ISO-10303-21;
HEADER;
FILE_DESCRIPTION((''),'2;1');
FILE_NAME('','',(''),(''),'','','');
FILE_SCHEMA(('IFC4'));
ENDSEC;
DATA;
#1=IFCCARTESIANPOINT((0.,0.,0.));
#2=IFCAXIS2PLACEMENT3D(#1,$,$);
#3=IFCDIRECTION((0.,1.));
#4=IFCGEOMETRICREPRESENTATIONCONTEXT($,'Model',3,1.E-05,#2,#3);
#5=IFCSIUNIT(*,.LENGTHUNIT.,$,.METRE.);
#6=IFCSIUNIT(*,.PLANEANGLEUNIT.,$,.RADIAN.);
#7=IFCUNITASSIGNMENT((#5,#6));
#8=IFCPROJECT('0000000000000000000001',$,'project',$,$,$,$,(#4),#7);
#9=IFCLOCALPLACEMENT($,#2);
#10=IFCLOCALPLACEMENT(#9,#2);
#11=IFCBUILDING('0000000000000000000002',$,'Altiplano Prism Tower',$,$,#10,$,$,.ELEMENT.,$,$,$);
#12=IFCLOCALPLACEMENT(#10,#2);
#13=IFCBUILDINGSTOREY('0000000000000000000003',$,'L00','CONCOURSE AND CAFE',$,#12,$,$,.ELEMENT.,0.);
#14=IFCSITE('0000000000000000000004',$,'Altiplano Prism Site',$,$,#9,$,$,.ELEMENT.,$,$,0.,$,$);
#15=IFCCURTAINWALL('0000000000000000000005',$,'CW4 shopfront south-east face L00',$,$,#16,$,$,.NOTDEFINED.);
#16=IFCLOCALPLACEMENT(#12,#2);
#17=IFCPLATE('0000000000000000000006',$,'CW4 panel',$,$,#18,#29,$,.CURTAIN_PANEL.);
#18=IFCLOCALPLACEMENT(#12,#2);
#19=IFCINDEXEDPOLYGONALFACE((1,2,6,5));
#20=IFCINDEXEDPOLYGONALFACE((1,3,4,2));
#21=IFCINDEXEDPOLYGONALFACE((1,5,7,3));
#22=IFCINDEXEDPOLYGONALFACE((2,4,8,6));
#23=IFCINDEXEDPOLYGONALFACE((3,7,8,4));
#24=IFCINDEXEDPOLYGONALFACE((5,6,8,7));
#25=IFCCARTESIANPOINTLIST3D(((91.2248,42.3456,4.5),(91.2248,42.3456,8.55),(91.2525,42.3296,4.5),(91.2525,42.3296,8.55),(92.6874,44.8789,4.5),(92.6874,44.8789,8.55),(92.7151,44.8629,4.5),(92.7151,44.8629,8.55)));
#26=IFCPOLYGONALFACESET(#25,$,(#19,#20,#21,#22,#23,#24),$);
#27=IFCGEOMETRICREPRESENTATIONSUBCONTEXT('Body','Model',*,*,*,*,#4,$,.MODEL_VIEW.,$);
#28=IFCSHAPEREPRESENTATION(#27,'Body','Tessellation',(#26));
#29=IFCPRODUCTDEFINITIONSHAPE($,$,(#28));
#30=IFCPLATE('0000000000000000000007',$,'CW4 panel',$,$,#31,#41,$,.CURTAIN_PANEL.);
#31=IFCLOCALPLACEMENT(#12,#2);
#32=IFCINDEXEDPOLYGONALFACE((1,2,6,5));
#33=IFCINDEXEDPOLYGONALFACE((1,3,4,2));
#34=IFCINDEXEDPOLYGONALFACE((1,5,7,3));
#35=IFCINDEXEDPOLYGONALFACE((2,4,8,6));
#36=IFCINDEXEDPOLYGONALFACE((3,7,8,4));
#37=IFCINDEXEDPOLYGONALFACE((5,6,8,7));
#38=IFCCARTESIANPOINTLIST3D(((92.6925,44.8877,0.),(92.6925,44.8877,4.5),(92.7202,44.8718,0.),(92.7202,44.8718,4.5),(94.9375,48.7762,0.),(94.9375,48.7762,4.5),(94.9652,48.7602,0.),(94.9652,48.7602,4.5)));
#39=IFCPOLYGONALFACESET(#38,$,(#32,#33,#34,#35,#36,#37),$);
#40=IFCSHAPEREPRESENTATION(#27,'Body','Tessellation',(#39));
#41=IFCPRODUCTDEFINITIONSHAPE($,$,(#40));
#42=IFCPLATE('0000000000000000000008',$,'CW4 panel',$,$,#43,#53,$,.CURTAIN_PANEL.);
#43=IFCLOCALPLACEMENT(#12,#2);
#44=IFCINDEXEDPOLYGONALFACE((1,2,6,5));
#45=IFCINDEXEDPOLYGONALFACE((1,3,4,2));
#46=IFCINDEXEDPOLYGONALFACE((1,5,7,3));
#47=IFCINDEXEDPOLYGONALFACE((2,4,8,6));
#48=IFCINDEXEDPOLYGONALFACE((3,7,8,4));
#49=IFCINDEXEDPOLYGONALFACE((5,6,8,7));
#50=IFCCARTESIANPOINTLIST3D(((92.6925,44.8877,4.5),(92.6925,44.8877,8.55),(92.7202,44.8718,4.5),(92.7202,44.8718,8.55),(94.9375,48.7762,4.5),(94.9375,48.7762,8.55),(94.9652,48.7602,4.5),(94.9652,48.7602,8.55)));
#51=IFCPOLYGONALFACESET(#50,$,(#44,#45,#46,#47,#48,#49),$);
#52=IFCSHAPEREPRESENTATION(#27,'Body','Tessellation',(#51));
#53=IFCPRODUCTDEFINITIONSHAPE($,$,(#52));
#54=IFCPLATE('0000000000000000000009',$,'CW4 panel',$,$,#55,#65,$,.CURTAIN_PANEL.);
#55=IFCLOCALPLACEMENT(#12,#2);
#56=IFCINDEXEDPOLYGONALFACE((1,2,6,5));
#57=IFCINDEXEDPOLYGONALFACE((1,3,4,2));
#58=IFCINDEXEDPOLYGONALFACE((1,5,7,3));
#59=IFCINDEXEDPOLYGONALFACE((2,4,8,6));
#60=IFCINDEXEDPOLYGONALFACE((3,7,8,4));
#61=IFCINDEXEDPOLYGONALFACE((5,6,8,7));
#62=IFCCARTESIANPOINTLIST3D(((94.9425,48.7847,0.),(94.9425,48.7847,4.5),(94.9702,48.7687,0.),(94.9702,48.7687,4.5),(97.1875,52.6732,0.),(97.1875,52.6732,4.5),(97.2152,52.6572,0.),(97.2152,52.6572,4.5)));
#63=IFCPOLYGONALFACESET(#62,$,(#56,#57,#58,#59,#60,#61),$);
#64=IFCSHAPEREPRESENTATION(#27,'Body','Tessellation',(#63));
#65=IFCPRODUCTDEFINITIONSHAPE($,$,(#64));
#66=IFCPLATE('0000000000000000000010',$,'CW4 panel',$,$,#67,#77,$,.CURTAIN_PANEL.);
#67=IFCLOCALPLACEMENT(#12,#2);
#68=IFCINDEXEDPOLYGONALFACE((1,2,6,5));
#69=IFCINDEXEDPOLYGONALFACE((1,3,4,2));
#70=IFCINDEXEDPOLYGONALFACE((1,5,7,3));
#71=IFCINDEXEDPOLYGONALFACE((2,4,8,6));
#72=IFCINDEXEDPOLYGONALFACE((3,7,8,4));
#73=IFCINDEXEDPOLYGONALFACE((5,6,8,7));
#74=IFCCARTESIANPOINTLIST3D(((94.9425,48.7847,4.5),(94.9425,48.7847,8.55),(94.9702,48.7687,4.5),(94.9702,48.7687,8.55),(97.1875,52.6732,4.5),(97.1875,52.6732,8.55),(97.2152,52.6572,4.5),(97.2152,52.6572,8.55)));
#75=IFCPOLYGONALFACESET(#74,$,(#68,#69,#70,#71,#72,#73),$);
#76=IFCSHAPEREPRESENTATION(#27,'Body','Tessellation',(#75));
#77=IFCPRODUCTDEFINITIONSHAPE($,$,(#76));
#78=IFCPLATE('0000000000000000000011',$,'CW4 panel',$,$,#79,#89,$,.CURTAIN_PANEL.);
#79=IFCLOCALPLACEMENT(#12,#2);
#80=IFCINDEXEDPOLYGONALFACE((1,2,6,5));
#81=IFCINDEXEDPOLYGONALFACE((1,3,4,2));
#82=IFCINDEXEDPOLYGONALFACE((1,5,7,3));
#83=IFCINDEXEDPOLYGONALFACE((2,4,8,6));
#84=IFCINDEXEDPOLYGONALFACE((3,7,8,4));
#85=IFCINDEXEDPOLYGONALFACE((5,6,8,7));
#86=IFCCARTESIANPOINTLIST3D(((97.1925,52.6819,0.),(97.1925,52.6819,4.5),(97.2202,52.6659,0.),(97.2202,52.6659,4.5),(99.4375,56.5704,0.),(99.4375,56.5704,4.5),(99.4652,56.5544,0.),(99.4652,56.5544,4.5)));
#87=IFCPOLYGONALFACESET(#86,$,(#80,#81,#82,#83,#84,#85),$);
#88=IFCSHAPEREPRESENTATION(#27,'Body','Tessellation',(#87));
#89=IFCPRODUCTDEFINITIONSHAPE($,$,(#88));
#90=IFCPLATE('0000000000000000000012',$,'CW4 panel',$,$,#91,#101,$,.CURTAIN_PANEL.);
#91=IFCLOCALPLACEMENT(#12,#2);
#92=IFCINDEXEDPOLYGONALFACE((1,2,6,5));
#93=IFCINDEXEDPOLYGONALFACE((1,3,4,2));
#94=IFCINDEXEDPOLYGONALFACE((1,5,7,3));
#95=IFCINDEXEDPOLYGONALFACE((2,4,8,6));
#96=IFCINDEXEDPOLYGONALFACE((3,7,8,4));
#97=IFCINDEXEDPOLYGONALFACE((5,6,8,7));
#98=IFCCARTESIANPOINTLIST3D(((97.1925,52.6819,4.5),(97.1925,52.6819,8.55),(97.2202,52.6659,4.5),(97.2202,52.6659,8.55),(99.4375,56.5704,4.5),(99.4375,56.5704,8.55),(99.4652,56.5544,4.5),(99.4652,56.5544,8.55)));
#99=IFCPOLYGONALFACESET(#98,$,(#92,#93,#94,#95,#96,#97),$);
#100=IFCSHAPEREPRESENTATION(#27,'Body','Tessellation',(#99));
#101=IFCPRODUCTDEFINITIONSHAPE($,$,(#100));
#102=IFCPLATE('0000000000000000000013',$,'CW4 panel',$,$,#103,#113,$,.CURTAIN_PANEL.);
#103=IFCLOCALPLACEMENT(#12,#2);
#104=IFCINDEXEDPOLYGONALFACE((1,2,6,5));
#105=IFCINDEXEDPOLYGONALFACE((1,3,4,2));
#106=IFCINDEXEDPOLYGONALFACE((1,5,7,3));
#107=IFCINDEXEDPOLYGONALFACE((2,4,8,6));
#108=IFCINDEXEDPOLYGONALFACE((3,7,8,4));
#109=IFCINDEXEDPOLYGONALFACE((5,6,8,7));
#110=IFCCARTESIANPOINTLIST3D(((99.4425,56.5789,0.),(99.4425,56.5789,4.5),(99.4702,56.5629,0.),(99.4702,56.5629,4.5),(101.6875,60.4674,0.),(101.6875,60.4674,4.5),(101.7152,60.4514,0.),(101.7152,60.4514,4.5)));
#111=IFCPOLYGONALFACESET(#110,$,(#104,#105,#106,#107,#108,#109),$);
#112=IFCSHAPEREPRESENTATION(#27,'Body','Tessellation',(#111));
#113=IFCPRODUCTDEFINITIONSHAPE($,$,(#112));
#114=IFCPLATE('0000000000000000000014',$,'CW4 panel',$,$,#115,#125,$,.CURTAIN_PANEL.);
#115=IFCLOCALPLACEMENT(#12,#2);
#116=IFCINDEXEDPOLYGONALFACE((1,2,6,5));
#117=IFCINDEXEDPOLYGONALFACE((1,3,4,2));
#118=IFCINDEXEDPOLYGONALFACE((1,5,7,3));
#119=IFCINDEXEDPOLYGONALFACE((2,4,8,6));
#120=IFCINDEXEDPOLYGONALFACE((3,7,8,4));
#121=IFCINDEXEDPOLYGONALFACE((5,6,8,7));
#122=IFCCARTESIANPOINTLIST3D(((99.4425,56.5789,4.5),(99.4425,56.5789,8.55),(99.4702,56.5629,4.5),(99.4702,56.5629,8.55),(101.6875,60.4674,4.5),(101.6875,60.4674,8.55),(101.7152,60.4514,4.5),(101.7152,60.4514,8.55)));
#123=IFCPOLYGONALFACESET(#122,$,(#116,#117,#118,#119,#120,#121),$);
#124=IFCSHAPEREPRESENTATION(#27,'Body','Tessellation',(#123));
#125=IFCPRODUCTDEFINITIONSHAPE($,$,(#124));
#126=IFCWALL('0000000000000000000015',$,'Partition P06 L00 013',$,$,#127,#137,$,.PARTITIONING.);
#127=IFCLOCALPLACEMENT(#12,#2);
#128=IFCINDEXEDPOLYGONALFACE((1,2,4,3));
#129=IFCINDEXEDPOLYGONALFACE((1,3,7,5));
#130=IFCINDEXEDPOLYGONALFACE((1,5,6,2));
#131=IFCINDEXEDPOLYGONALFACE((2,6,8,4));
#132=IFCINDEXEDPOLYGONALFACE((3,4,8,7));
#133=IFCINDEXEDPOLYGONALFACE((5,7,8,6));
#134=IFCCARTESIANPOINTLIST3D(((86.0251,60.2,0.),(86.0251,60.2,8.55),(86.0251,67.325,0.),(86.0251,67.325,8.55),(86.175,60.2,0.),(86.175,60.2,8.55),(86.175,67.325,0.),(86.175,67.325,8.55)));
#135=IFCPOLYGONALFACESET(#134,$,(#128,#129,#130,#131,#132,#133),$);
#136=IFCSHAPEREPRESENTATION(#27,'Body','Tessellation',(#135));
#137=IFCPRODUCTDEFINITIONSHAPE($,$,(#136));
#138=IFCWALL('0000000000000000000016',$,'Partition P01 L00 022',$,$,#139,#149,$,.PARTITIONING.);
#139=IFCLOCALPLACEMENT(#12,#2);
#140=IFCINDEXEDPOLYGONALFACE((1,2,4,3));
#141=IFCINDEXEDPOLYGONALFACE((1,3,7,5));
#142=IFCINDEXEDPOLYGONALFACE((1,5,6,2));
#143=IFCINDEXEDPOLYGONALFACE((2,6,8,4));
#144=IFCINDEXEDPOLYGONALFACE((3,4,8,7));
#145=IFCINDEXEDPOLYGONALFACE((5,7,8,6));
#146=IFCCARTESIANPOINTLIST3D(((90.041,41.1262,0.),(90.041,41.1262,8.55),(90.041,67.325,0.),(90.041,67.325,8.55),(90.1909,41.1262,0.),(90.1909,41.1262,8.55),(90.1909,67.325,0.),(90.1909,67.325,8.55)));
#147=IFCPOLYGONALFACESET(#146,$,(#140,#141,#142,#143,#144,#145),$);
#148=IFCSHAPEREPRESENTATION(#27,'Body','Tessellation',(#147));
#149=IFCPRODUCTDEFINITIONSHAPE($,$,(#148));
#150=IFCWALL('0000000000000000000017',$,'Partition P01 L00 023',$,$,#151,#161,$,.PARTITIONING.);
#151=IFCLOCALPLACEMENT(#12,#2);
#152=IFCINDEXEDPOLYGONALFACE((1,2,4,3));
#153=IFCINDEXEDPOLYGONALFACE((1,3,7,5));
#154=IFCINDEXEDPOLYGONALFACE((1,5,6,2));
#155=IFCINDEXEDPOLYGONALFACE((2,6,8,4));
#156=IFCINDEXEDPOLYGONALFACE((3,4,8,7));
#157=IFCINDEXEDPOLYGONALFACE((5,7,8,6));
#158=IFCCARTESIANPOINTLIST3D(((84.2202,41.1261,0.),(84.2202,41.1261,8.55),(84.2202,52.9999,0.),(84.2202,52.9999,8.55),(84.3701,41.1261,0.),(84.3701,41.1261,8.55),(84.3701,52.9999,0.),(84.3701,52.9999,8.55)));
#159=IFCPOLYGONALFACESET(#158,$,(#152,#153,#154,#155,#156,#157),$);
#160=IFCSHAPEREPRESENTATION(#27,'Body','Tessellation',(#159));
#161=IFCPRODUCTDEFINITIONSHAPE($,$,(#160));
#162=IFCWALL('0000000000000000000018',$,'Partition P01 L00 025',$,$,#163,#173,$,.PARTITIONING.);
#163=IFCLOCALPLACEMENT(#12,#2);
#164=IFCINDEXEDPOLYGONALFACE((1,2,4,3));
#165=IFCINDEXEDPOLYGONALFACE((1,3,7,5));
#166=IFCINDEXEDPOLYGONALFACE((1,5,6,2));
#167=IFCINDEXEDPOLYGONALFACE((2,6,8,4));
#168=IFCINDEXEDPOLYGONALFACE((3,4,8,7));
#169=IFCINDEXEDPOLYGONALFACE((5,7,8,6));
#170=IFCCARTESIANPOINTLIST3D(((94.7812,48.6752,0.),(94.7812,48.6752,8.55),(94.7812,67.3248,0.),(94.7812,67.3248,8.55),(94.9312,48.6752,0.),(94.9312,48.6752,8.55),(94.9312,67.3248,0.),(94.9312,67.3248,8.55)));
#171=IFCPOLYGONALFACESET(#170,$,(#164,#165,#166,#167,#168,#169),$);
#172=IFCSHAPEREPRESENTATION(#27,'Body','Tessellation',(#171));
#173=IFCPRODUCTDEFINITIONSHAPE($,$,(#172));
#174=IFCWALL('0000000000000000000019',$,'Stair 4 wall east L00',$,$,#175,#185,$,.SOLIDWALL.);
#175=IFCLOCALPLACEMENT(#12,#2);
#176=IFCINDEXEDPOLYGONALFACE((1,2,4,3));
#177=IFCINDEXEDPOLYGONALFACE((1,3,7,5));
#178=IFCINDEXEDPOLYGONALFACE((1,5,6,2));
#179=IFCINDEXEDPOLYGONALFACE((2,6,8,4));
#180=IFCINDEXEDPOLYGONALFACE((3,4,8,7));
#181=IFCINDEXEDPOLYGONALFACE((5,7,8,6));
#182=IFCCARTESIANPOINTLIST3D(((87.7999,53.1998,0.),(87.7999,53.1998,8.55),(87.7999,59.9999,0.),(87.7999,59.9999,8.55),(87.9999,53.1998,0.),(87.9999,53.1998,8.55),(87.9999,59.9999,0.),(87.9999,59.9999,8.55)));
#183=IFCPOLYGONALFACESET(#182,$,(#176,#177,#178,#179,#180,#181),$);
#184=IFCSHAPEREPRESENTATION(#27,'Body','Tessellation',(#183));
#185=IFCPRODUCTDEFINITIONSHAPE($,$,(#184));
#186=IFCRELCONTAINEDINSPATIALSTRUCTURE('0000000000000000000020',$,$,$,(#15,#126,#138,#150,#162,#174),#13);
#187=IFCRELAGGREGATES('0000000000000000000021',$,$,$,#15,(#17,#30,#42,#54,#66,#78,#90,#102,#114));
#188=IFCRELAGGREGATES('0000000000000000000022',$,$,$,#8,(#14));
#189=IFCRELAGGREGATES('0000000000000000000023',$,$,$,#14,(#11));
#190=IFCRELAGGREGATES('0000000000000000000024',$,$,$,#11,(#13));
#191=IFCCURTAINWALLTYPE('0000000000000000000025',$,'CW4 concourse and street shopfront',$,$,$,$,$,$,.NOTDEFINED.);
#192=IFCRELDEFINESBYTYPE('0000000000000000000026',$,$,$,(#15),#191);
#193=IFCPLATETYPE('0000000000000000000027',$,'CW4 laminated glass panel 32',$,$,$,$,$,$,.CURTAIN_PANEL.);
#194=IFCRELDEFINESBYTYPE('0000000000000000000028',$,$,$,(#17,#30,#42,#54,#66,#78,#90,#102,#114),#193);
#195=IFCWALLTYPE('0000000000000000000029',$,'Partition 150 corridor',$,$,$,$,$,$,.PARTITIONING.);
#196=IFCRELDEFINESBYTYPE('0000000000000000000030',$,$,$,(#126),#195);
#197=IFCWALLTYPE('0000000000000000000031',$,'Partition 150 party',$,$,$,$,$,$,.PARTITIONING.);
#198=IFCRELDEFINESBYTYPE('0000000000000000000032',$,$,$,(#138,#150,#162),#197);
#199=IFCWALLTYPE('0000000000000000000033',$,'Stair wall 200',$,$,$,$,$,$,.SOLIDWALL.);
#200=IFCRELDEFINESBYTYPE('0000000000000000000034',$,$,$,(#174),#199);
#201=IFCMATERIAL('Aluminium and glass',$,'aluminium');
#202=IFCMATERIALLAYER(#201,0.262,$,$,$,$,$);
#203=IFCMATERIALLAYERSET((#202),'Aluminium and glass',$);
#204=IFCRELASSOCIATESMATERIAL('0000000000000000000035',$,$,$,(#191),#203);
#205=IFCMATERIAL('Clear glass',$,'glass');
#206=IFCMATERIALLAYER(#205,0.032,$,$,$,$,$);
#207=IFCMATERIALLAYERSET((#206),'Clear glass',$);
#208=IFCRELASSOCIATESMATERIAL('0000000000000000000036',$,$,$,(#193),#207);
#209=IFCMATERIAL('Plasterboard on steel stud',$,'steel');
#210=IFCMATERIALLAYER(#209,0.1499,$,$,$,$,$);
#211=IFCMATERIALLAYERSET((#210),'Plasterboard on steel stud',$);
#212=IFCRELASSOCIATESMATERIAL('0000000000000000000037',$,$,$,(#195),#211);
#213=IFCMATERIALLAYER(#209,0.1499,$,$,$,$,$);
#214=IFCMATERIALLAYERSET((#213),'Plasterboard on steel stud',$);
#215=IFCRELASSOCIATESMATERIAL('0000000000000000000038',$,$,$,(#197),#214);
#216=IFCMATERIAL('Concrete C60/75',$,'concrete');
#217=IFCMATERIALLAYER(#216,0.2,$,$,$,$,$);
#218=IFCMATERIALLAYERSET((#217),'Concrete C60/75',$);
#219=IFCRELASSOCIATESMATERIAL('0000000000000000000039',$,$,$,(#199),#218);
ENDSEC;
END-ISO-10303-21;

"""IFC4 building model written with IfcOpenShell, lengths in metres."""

from ifc_helpers import new_model, si_unit, direction, frame, frame_2d, origin, origin_2d, place, context, subcontext, project, spatial, rectangle, extrude, material, layer, layer_set, type_object, element, aggregate, save


model = new_model("IFC4")

# Units and contexts
model_context = context("Model", 3, precision=1e-05, world=origin(), true_north=direction((0.0, 1.0)))
body_context = subcontext(model_context, "Body", "Model", "MODEL_VIEW")
ifc_project = project(units=[si_unit("LENGTHUNIT", "METRE"), si_unit("PLANEANGLEUNIT", "RADIAN")], contexts=[model_context])

# Site, building, storey
site_placement = place(None, origin())
site = spatial("IfcSite", under=ifc_project, at=site_placement, Name="Altiplano Prism Site", CompositionType="ELEMENT", RefElevation=0.0)
building_placement = place(site_placement, origin())
building = spatial("IfcBuilding", under=site, at=building_placement, Name="Altiplano Prism Tower", CompositionType="ELEMENT")
storey_placement = place(building_placement, origin())
storey = spatial("IfcBuildingStorey", under=building, at=storey_placement, Name="L00", Description="CONCOURSE AND CAFE", CompositionType="ELEMENT", Elevation=0.0)

# Shared definitions
ifc_material_1 = material(Name="Concrete C60/75", Category="concrete")

# Curtain wall
ifc_material_2 = material(Name="Aluminium and glass", Category="aluminium")
ifc_layer_1 = layer(ifc_material_2, 0.262)
ifc_layer_set_1 = layer_set([ifc_layer_1], Name="Aluminium and glass")
curtain_wall_type = type_object("IfcCurtainWallType", Name="CW4 concourse and street shopfront", PredefinedType="NOTDEFINED", material=ifc_layer_set_1)
curtain_wall_placement = place(storey_placement, origin())
curtain_wall = element("IfcCurtainWall", 1, at=curtain_wall_placement, inside=storey, type_object=curtain_wall_type, Name="CW4 shopfront south-east face L00", PredefinedType="NOTDEFINED")

# Plates
ifc_material_3 = material(Name="Clear glass", Category="glass")
ifc_layer_2 = layer(ifc_material_3, 0.032)
ifc_layer_set_2 = layer_set([ifc_layer_2], Name="Clear glass")
plate_type = type_object("IfcPlateType", Name="CW4 laminated glass panel 32", PredefinedType="CURTAIN_PANEL", material=ifc_layer_set_2)
plate_1_placement = place(storey_placement, frame((91.97, 43.6042, 4.5), z_axis=(0.0, 0.0, 1.0), x_axis=(0.5, 0.866025, 0.0)))
plate_1 = element("IfcPlate", 2, at=plate_1_placement, type_object=plate_type, Name="CW4 panel", PredefinedType="CURTAIN_PANEL", context=body_context, shape_type="SweptSolid", body=[
    extrude(rectangle(XDim=2.9253, YDim=0.032, at=origin_2d()), origin(), (0.0, 0.0, 1.0), 4.05),
])
plate_2_placement = place(storey_placement, frame((93.8289, 46.824, 0.0), z_axis=(0.0, 0.0, 1.0), x_axis=(0.5, 0.866025, 0.0)))
plate_2 = element("IfcPlate", 3, at=plate_2_placement, type_object=plate_type, Name="CW4 panel", PredefinedType="CURTAIN_PANEL", context=body_context, shape_type="SweptSolid", body=[
    extrude(rectangle(XDim=4.49, YDim=0.032, at=origin_2d()), origin(), (0.0, 0.0, 1.0), 4.5),
])
plate_3_placement = place(storey_placement, frame((93.8289, 46.824, 4.5), z_axis=(0.0, 0.0, 1.0), x_axis=(0.5, 0.866025, 0.0)))
plate_3 = element("IfcPlate", 4, at=plate_3_placement, type_object=plate_type, Name="CW4 panel", PredefinedType="CURTAIN_PANEL", context=body_context, shape_type="SweptSolid", body=[
    extrude(rectangle(XDim=4.49, YDim=0.032, at=origin_2d()), origin(), (0.0, 0.0, 1.0), 4.05),
])
plate_4_placement = place(storey_placement, frame((96.0789, 50.7209, 0.0), z_axis=(0.0, 0.0, 1.0), x_axis=(0.5, 0.866025, 0.0)))
plate_4 = element("IfcPlate", 5, at=plate_4_placement, type_object=plate_type, Name="CW4 panel", PredefinedType="CURTAIN_PANEL", context=body_context, shape_type="SweptSolid", body=[
    extrude(rectangle(XDim=4.49, YDim=0.032, at=origin_2d()), origin(), (0.0, 0.0, 1.0), 4.5),
])
plate_5_placement = place(storey_placement, frame((96.0789, 50.7209, 4.5), z_axis=(0.0, 0.0, 1.0), x_axis=(0.5, 0.866025, 0.0)))
plate_5 = element("IfcPlate", 6, at=plate_5_placement, type_object=plate_type, Name="CW4 panel", PredefinedType="CURTAIN_PANEL", context=body_context, shape_type="SweptSolid", body=[
    extrude(rectangle(XDim=4.49, YDim=0.032, at=origin_2d()), origin(), (0.0, 0.0, 1.0), 4.05),
])
plate_6_placement = place(storey_placement, frame((98.3289, 54.6182, 0.0), z_axis=(0.0, 0.0, 1.0), x_axis=(0.5, 0.866025, 0.0)))
plate_6 = element("IfcPlate", 7, at=plate_6_placement, type_object=plate_type, Name="CW4 panel", PredefinedType="CURTAIN_PANEL", context=body_context, shape_type="SweptSolid", body=[
    extrude(rectangle(XDim=4.49, YDim=0.032, at=origin_2d()), origin(), (0.0, 0.0, 1.0), 4.5),
])
plate_7_placement = place(storey_placement, frame((98.3289, 54.6182, 4.5), z_axis=(0.0, 0.0, 1.0), x_axis=(0.5, 0.866025, 0.0)))
plate_7 = element("IfcPlate", 8, at=plate_7_placement, type_object=plate_type, Name="CW4 panel", PredefinedType="CURTAIN_PANEL", context=body_context, shape_type="SweptSolid", body=[
    extrude(rectangle(XDim=4.49, YDim=0.032, at=origin_2d()), origin(), (0.0, 0.0, 1.0), 4.05),
])
plate_8_placement = place(storey_placement, frame((100.5789, 58.5151, 0.0), z_axis=(0.0, 0.0, 1.0), x_axis=(0.5, 0.866025, 0.0)))
plate_8 = element("IfcPlate", 9, at=plate_8_placement, type_object=plate_type, Name="CW4 panel", PredefinedType="CURTAIN_PANEL", context=body_context, shape_type="SweptSolid", body=[
    extrude(rectangle(XDim=4.49, YDim=0.032, at=origin_2d()), origin(), (0.0, 0.0, 1.0), 4.5),
])
plate_9_placement = place(storey_placement, frame((100.5789, 58.5151, 4.5), z_axis=(0.0, 0.0, 1.0), x_axis=(0.5, 0.866025, 0.0)))
plate_9 = element("IfcPlate", 10, at=plate_9_placement, type_object=plate_type, Name="CW4 panel", PredefinedType="CURTAIN_PANEL", context=body_context, shape_type="SweptSolid", body=[
    extrude(rectangle(XDim=4.49, YDim=0.032, at=origin_2d()), origin(), (0.0, 0.0, 1.0), 4.05),
])
aggregate(curtain_wall, [plate_1, plate_2, plate_3, plate_4, plate_5, plate_6, plate_7, plate_8, plate_9])

# Walls
ifc_material_4 = material(Name="Plasterboard on steel stud", Category="steel")
ifc_layer_3 = layer(ifc_material_4, 0.1499)
ifc_layer_set_3 = layer_set([ifc_layer_3], Name="Plasterboard on steel stud")
wall_type_1 = type_object("IfcWallType", Name="Partition 150 corridor", PredefinedType="PARTITIONING", material=ifc_layer_set_3)
wall_1_placement = place(storey_placement, frame((86.1001, 60.2, 0.0), z_axis=(0.0, 0.0, 1.0), x_axis=(0.0, 1.0, 0.0)))
element("IfcWall", 11, at=wall_1_placement, inside=storey, type_object=wall_type_1, Name="Partition P06 L00 013", PredefinedType="PARTITIONING", context=body_context, shape_type="SweptSolid", body=[
    extrude(rectangle(XDim=7.125, YDim=0.1499, at=frame_2d((3.5625, 0.0))), origin(), (0.0, 0.0, 1.0), 8.55),
])
ifc_layer_4 = layer(ifc_material_4, 0.1499)
ifc_layer_set_4 = layer_set([ifc_layer_4], Name="Plasterboard on steel stud")
wall_type_2 = type_object("IfcWallType", Name="Partition 150 party", PredefinedType="PARTITIONING", material=ifc_layer_set_4)
wall_2_placement = place(storey_placement, frame((90.116, 41.1262, 0.0), z_axis=(0.0, 0.0, 1.0), x_axis=(0.0, 1.0, 0.0)))
element("IfcWall", 12, at=wall_2_placement, inside=storey, type_object=wall_type_2, Name="Partition P01 L00 022", PredefinedType="PARTITIONING", context=body_context, shape_type="SweptSolid", body=[
    extrude(rectangle(XDim=26.1987, YDim=0.1499, at=frame_2d((13.0994, 0.0))), origin(), (0.0, 0.0, 1.0), 8.55),
])
wall_3_placement = place(storey_placement, frame((84.2952, 53.0, 0.0), z_axis=(0.0, 0.0, 1.0), x_axis=(0.0, -1.0, 0.0)))
element("IfcWall", 13, at=wall_3_placement, inside=storey, type_object=wall_type_2, Name="Partition P01 L00 023", PredefinedType="PARTITIONING", context=body_context, shape_type="SweptSolid", body=[
    extrude(rectangle(XDim=11.8738, YDim=0.1499, at=frame_2d((5.937, 0.0))), origin(), (0.0, 0.0, 1.0), 8.55),
])
wall_4_placement = place(storey_placement, frame((94.8562, 48.6753, 0.0), z_axis=(0.0, 0.0, 1.0), x_axis=(0.0, 1.0, 0.0)))
element("IfcWall", 14, at=wall_4_placement, inside=storey, type_object=wall_type_2, Name="Partition P01 L00 025", PredefinedType="PARTITIONING", context=body_context, shape_type="SweptSolid", body=[
    extrude(rectangle(XDim=18.6497, YDim=0.1499, at=frame_2d((9.3247, 0.0))), origin(), (0.0, 0.0, 1.0), 8.55),
])
ifc_layer_5 = layer(ifc_material_1, 0.2)
ifc_layer_set_5 = layer_set([ifc_layer_5], Name="Concrete C60/75")
wall_type_3 = type_object("IfcWallType", Name="Stair wall 200", PredefinedType="SOLIDWALL", material=ifc_layer_set_5)
wall_5_placement = place(storey_placement, frame((87.8999, 53.2, 0.0), z_axis=(0.0, 0.0, 1.0), x_axis=(0.0, 1.0, 0.0)))
element("IfcWall", 15, at=wall_5_placement, inside=storey, type_object=wall_type_3, Name="Stair 4 wall east L00", PredefinedType="SOLIDWALL", context=body_context, shape_type="SweptSolid", body=[
    extrude(rectangle(XDim=6.8, YDim=0.2, at=frame_2d((3.3999, 0.0))), origin(), (0.0, 0.0, 1.0), 8.55),
])

save(model, "model.ifc")
